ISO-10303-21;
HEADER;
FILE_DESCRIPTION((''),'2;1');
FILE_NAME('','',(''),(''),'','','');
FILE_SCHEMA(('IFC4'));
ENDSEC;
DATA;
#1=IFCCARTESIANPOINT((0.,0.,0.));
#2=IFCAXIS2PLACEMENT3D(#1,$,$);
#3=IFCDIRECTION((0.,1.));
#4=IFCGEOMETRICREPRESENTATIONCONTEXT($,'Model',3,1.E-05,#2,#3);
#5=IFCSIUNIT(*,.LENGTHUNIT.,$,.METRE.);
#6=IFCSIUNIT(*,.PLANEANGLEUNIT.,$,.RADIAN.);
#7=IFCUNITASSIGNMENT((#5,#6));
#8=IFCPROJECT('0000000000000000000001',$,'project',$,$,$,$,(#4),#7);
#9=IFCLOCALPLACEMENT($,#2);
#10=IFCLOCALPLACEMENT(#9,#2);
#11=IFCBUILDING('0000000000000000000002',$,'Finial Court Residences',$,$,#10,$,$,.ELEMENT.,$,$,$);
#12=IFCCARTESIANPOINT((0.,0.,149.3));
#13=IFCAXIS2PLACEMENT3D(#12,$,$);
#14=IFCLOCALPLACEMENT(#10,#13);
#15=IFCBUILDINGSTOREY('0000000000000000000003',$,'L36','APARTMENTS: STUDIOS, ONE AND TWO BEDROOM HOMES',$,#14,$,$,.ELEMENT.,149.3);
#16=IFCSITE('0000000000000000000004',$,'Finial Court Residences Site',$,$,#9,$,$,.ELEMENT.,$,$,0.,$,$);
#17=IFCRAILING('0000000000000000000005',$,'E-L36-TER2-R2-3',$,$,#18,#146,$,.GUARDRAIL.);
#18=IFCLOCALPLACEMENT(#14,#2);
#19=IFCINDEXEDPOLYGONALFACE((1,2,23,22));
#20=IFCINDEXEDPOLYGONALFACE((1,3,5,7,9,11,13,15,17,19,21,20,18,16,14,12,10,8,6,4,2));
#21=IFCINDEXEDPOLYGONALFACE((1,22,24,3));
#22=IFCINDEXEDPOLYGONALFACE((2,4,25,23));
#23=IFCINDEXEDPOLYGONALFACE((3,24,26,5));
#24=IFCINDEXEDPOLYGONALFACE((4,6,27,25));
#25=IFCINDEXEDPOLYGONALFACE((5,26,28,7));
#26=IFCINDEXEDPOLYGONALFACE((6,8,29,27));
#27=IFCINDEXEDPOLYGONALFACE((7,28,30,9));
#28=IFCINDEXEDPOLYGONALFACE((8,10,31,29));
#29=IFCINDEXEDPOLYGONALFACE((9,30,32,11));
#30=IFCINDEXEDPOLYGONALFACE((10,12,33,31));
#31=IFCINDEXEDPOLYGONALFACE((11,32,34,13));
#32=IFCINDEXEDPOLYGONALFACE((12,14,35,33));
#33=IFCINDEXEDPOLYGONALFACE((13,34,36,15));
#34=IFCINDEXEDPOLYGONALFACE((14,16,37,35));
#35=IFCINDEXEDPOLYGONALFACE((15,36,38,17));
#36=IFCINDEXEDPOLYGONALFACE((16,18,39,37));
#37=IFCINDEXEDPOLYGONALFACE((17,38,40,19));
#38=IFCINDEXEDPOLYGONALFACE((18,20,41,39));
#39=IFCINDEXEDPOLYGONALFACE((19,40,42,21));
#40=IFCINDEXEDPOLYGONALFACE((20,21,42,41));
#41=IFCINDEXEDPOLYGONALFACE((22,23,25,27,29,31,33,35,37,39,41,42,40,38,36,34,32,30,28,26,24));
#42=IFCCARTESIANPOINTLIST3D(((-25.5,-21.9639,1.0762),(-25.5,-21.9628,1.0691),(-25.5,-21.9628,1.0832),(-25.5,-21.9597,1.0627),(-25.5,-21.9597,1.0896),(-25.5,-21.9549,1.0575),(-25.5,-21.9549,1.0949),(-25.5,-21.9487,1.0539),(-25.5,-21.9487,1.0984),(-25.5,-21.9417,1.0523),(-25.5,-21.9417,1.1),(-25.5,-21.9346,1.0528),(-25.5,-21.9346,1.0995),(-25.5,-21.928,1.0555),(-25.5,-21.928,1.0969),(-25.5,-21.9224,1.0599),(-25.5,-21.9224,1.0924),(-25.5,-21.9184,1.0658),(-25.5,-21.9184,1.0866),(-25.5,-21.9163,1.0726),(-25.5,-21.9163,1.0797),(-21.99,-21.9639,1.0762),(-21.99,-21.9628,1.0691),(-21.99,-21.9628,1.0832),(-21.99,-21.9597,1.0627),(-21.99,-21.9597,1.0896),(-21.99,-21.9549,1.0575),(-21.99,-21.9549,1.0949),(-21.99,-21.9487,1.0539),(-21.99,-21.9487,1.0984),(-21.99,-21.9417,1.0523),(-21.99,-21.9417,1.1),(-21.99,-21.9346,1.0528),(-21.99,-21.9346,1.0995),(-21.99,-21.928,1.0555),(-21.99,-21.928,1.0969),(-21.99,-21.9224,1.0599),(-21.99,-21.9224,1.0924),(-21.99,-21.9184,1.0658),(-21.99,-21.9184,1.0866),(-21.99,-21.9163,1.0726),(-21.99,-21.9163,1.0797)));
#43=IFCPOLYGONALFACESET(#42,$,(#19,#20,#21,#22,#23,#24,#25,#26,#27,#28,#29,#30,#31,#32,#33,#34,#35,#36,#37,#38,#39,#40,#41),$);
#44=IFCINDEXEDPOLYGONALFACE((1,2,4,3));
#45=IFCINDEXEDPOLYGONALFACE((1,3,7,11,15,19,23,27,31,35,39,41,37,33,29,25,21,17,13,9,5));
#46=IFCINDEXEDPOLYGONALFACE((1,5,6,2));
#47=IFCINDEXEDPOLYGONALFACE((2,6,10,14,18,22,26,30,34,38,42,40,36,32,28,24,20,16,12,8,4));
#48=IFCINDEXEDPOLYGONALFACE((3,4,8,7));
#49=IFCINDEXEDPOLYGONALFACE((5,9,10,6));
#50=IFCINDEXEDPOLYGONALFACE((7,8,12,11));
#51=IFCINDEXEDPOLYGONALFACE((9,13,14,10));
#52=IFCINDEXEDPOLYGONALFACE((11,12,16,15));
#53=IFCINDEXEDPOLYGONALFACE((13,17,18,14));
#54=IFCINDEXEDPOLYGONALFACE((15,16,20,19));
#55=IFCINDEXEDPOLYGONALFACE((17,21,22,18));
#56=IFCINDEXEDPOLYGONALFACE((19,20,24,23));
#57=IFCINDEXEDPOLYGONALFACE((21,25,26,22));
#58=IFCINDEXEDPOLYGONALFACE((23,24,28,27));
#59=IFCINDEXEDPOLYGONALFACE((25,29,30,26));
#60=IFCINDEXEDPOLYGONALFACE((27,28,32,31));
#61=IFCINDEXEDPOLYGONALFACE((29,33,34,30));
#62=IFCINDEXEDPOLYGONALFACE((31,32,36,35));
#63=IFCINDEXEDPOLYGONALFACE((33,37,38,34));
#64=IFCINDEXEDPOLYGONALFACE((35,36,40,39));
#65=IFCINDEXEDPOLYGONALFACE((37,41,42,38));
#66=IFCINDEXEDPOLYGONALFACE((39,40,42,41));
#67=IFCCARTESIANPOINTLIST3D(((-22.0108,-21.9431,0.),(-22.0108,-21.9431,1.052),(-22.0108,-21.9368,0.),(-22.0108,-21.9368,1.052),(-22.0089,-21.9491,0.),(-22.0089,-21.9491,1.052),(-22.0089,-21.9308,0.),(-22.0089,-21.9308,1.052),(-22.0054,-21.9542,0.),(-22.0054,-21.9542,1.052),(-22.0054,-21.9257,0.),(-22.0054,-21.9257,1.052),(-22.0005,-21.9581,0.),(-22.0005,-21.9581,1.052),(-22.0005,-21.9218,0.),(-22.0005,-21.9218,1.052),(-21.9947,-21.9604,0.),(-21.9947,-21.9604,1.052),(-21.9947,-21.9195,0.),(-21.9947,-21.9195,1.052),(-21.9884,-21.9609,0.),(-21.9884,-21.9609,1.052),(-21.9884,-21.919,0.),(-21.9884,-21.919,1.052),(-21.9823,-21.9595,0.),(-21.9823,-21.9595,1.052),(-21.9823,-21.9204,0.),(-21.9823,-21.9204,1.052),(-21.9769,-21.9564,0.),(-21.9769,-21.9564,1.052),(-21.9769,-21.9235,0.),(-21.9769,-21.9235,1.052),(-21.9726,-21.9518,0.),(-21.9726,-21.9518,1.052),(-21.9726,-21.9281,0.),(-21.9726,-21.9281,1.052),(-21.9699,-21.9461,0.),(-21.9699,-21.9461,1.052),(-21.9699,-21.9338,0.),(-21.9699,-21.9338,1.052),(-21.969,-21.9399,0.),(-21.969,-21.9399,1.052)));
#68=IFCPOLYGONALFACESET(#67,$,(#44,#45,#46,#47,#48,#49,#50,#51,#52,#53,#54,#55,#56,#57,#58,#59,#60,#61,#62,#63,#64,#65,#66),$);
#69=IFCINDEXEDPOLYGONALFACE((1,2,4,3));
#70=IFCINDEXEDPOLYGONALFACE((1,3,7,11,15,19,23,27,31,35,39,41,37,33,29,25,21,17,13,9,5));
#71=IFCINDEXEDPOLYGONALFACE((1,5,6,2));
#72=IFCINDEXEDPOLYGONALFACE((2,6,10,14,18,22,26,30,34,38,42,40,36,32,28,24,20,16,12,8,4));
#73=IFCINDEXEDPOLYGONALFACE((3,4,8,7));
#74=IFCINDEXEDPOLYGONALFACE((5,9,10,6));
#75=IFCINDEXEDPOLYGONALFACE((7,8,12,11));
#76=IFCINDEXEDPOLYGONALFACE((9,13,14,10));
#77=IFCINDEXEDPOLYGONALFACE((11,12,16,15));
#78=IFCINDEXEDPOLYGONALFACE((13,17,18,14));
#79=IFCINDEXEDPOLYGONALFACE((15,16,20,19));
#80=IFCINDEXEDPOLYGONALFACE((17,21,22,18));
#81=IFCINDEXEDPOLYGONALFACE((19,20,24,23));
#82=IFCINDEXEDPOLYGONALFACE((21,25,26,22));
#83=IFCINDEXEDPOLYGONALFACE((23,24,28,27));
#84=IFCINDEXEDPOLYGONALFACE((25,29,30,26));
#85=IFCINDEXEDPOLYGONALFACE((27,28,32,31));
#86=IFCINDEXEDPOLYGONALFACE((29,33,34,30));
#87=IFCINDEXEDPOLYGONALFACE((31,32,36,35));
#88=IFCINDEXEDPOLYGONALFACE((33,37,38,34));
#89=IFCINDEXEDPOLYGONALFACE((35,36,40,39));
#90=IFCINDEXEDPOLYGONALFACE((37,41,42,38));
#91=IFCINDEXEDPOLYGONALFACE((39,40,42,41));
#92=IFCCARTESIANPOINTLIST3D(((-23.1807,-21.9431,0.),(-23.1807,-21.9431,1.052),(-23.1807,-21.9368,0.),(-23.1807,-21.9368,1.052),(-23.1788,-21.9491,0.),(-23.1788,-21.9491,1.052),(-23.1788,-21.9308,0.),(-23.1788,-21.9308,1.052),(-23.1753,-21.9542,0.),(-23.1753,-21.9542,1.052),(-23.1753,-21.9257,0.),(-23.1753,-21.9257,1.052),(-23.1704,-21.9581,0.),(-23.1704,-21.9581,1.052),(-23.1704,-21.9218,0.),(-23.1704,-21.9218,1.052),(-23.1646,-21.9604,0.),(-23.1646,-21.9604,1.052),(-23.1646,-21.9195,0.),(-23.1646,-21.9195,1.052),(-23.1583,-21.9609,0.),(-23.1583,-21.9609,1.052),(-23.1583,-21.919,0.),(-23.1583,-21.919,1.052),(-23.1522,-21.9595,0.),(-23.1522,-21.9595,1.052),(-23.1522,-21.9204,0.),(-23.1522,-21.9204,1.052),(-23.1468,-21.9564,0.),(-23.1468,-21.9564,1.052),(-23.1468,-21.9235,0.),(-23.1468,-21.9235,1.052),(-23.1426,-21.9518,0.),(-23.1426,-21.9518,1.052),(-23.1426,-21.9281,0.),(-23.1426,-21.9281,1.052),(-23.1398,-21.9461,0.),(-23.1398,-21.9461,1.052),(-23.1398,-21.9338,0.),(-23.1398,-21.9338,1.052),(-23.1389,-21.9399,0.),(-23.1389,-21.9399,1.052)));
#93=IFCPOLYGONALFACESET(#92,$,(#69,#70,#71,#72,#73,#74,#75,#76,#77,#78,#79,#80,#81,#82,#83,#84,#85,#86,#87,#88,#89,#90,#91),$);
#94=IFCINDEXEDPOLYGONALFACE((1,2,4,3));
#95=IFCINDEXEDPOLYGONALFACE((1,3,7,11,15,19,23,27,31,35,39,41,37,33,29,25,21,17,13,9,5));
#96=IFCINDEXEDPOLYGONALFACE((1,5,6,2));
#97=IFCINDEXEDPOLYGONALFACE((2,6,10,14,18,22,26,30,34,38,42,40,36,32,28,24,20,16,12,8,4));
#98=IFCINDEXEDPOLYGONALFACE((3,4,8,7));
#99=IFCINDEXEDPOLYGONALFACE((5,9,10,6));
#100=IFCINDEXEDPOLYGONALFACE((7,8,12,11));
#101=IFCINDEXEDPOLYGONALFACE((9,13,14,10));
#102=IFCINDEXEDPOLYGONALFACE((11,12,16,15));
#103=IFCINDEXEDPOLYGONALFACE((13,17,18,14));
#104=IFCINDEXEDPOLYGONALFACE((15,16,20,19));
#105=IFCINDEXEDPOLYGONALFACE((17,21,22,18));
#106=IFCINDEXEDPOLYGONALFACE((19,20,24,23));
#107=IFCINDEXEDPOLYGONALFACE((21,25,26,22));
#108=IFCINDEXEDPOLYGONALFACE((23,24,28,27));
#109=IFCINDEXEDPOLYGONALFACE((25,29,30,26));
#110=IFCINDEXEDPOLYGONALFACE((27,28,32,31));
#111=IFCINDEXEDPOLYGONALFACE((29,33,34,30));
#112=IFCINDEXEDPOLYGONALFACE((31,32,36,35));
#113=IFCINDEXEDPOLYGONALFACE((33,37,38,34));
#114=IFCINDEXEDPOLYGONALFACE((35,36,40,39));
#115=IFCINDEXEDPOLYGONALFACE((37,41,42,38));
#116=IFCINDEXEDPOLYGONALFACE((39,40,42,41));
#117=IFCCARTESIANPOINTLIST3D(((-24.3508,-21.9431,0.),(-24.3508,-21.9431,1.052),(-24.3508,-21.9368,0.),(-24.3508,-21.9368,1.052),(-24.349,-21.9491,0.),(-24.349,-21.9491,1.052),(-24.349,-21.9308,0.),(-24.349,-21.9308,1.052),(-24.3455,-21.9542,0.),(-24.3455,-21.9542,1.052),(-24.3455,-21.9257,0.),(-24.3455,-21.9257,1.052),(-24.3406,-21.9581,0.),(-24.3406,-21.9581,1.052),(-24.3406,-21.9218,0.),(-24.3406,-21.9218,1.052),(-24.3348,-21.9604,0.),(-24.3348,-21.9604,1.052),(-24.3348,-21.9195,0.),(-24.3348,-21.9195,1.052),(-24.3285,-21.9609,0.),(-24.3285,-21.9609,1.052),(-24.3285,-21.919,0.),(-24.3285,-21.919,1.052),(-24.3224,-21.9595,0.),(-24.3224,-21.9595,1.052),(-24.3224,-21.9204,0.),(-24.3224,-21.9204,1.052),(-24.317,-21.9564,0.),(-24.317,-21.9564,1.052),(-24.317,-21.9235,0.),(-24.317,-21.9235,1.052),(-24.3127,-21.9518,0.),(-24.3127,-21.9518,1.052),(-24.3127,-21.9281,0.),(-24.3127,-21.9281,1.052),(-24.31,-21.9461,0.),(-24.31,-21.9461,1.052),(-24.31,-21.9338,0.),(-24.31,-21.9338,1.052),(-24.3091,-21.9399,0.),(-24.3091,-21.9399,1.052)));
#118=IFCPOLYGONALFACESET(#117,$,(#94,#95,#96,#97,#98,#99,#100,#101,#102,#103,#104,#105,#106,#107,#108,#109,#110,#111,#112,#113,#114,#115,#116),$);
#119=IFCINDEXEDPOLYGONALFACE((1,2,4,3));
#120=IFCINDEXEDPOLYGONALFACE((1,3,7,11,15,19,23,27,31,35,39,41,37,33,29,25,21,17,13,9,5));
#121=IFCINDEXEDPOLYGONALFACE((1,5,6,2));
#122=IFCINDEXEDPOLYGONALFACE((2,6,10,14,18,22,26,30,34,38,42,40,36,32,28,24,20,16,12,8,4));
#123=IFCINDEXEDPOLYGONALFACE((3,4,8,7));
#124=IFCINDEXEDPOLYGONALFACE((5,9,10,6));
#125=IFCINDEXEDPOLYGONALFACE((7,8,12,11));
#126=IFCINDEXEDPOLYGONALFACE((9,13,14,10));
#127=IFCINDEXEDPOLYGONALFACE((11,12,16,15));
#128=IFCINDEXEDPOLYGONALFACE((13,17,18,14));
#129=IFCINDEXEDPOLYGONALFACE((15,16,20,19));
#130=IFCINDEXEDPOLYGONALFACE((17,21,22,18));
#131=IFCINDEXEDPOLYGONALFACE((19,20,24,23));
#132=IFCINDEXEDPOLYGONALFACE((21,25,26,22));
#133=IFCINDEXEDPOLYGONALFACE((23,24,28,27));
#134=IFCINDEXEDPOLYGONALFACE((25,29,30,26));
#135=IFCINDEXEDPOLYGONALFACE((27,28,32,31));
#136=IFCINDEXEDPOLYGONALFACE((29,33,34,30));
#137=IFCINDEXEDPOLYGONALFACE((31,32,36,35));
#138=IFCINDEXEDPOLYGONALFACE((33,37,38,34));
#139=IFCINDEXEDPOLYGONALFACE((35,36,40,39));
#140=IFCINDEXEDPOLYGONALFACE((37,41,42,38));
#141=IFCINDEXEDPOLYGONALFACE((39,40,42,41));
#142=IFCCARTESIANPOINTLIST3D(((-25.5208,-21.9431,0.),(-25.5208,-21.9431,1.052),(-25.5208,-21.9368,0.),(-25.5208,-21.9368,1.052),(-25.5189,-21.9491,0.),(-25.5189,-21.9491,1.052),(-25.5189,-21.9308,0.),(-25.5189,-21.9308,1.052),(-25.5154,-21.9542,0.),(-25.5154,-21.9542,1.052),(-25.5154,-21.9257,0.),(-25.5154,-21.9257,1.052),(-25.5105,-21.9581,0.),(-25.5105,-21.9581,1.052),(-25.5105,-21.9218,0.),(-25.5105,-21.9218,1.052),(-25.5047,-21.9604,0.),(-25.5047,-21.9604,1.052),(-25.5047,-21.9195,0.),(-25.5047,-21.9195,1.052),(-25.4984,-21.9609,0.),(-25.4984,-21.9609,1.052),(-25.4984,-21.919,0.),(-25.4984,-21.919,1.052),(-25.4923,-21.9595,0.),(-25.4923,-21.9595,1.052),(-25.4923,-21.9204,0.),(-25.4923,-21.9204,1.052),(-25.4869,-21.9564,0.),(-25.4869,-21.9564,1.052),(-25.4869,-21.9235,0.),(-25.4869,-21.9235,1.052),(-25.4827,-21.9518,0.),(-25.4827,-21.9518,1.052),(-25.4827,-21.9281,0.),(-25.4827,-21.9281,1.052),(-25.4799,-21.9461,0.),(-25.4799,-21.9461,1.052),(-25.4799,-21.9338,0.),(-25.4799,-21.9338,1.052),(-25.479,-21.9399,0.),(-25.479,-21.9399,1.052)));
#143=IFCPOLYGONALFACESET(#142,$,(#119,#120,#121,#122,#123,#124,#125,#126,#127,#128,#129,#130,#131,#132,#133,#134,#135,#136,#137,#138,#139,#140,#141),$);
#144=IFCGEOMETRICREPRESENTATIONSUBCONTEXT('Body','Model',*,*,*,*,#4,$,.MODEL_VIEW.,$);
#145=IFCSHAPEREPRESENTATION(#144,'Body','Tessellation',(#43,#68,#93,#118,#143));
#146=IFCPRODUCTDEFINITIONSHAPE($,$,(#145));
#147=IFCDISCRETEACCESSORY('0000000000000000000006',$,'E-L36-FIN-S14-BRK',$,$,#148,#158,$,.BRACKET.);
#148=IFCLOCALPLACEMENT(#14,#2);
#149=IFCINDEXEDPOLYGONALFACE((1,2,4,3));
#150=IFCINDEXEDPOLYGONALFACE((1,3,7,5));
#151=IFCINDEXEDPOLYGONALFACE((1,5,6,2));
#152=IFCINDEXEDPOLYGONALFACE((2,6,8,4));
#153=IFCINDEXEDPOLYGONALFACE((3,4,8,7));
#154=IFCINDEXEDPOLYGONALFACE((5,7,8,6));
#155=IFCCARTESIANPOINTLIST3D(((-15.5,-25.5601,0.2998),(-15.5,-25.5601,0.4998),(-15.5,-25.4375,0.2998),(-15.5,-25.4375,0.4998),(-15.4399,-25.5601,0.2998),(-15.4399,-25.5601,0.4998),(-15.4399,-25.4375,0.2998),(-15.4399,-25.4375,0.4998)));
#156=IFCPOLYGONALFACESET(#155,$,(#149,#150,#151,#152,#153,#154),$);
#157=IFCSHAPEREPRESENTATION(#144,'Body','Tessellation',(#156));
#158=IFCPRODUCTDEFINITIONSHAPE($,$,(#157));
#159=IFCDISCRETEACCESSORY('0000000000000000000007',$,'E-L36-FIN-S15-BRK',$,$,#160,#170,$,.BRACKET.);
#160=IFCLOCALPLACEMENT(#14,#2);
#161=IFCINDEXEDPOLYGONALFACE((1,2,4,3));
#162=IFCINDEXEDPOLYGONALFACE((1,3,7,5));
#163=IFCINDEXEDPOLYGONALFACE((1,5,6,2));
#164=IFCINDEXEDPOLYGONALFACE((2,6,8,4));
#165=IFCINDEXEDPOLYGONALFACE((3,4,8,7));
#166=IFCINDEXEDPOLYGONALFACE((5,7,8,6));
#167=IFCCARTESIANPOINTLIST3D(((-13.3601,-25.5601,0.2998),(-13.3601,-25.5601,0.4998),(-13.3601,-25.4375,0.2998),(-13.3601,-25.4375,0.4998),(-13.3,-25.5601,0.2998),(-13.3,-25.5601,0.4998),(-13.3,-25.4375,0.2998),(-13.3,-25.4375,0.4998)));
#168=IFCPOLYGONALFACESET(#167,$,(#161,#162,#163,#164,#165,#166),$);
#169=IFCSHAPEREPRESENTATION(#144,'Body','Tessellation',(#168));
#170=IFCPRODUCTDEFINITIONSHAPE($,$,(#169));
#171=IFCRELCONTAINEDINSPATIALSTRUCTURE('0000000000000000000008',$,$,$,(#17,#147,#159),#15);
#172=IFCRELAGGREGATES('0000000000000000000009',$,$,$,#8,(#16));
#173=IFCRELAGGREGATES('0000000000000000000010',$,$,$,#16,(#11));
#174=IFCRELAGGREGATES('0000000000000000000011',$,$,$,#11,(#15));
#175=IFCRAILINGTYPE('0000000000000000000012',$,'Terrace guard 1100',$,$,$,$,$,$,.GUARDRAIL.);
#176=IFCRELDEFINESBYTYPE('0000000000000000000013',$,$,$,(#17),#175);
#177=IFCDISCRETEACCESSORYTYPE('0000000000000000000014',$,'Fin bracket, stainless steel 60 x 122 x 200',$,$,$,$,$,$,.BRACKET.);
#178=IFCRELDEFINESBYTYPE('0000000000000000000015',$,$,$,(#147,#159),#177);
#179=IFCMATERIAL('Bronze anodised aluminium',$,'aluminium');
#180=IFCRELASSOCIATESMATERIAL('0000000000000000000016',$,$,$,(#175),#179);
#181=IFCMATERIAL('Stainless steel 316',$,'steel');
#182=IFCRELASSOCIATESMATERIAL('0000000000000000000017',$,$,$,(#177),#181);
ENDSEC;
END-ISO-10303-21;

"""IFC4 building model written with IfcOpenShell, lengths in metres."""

from ifc_helpers import new_model, si_unit, direction, frame, origin, origin_2d, place, context, subcontext, project, spatial, rectangle, circle, extrude, material, type_object, element, save


model = new_model("IFC4")

# Units and contexts
model_context = context("Model", 3, precision=1e-05, world=origin(), true_north=direction((0.0, 1.0)))
body_context = subcontext(model_context, "Body", "Model", "MODEL_VIEW")
ifc_project = project(units=[si_unit("LENGTHUNIT", "METRE"), si_unit("PLANEANGLEUNIT", "RADIAN")], contexts=[model_context])

# Site, building, storey
site_placement = place(None, origin())
site = spatial("IfcSite", under=ifc_project, at=site_placement, Name="Finial Court Residences Site", CompositionType="ELEMENT", RefElevation=0.0)
building_placement = place(site_placement, origin())
building = spatial("IfcBuilding", under=site, at=building_placement, Name="Finial Court Residences", CompositionType="ELEMENT")
storey_placement = place(building_placement, frame((0.0, 0.0, 149.3)))
storey = spatial("IfcBuildingStorey", under=building, at=storey_placement, Name="L36", Description="APARTMENTS: STUDIOS, ONE AND TWO BEDROOM HOMES", CompositionType="ELEMENT", Elevation=149.3)

# Shared definitions
ifc_material_1 = material(Name="Bronze anodised aluminium", Category="aluminium")

# Railing
railing_type = type_object("IfcRailingType", Name="Terrace guard 1100", PredefinedType="GUARDRAIL", material=ifc_material_1)
railing_1_placement = place(storey_placement, frame((-21.99, -21.9399, 0.0)))
element("IfcRailing", 1, at=railing_1_placement, inside=storey, type_object=railing_type, Name="E-L36-TER2-R2-3", PredefinedType="GUARDRAIL", context=body_context, shape_type="SweptSolid", body=[
    extrude(circle(Radius=0.0239, at=origin_2d()), frame((0.0, 0.0, 1.0762), z_axis=(-1.0, 0.0, 0.0), x_axis=(0.0, -1.0, 0.0)), (0.0, 0.0, 1.0), 3.51),
    extrude(circle(Radius=0.021, at=origin_2d()), origin(), (0.0, 0.0, 1.0), 1.052),
    extrude(circle(Radius=0.021, at=origin_2d()), frame((-1.1699, 0.0, 0.0)), (0.0, 0.0, 1.0), 1.052),
    extrude(circle(Radius=0.021, at=origin_2d()), frame((-2.3401, 0.0, 0.0)), (0.0, 0.0, 1.0), 1.052),
    extrude(circle(Radius=0.021, at=origin_2d()), frame((-3.51, 0.0, 0.0)), (0.0, 0.0, 1.0), 1.052),
])

# Discrete accessories
ifc_material_2 = material(Name="Stainless steel 316", Category="steel")
discrete_accessory_type = type_object("IfcDiscreteAccessoryType", Name="Fin bracket, stainless steel 60 x 122 x 200", PredefinedType="BRACKET", material=ifc_material_2)
for number, where, z_axis, x_axis, name in (
    (2, (-15.47, -25.4988, 0.2998), (0.0, 0.0, 1.0), (1.0, 0.0, 0.0), "E-L36-FIN-S14-BRK"),
    (3, (-13.3301, -25.4988, 0.2998), (0.0, 0.0, 1.0), (1.0, 0.0, 0.0), "E-L36-FIN-S15-BRK"),
):
    element("IfcDiscreteAccessory", number, at=place(storey_placement, frame(where, z_axis=z_axis, x_axis=x_axis)), inside=storey, type_object=discrete_accessory_type, Name=name, PredefinedType="BRACKET", context=body_context, shape_type="SweptSolid", body=[
        extrude(rectangle(XDim=0.0601, YDim=0.1226, at=origin_2d()), origin(), (0.0, 0.0, 1.0), 0.2),
    ])

save(model, "model.ifc")
